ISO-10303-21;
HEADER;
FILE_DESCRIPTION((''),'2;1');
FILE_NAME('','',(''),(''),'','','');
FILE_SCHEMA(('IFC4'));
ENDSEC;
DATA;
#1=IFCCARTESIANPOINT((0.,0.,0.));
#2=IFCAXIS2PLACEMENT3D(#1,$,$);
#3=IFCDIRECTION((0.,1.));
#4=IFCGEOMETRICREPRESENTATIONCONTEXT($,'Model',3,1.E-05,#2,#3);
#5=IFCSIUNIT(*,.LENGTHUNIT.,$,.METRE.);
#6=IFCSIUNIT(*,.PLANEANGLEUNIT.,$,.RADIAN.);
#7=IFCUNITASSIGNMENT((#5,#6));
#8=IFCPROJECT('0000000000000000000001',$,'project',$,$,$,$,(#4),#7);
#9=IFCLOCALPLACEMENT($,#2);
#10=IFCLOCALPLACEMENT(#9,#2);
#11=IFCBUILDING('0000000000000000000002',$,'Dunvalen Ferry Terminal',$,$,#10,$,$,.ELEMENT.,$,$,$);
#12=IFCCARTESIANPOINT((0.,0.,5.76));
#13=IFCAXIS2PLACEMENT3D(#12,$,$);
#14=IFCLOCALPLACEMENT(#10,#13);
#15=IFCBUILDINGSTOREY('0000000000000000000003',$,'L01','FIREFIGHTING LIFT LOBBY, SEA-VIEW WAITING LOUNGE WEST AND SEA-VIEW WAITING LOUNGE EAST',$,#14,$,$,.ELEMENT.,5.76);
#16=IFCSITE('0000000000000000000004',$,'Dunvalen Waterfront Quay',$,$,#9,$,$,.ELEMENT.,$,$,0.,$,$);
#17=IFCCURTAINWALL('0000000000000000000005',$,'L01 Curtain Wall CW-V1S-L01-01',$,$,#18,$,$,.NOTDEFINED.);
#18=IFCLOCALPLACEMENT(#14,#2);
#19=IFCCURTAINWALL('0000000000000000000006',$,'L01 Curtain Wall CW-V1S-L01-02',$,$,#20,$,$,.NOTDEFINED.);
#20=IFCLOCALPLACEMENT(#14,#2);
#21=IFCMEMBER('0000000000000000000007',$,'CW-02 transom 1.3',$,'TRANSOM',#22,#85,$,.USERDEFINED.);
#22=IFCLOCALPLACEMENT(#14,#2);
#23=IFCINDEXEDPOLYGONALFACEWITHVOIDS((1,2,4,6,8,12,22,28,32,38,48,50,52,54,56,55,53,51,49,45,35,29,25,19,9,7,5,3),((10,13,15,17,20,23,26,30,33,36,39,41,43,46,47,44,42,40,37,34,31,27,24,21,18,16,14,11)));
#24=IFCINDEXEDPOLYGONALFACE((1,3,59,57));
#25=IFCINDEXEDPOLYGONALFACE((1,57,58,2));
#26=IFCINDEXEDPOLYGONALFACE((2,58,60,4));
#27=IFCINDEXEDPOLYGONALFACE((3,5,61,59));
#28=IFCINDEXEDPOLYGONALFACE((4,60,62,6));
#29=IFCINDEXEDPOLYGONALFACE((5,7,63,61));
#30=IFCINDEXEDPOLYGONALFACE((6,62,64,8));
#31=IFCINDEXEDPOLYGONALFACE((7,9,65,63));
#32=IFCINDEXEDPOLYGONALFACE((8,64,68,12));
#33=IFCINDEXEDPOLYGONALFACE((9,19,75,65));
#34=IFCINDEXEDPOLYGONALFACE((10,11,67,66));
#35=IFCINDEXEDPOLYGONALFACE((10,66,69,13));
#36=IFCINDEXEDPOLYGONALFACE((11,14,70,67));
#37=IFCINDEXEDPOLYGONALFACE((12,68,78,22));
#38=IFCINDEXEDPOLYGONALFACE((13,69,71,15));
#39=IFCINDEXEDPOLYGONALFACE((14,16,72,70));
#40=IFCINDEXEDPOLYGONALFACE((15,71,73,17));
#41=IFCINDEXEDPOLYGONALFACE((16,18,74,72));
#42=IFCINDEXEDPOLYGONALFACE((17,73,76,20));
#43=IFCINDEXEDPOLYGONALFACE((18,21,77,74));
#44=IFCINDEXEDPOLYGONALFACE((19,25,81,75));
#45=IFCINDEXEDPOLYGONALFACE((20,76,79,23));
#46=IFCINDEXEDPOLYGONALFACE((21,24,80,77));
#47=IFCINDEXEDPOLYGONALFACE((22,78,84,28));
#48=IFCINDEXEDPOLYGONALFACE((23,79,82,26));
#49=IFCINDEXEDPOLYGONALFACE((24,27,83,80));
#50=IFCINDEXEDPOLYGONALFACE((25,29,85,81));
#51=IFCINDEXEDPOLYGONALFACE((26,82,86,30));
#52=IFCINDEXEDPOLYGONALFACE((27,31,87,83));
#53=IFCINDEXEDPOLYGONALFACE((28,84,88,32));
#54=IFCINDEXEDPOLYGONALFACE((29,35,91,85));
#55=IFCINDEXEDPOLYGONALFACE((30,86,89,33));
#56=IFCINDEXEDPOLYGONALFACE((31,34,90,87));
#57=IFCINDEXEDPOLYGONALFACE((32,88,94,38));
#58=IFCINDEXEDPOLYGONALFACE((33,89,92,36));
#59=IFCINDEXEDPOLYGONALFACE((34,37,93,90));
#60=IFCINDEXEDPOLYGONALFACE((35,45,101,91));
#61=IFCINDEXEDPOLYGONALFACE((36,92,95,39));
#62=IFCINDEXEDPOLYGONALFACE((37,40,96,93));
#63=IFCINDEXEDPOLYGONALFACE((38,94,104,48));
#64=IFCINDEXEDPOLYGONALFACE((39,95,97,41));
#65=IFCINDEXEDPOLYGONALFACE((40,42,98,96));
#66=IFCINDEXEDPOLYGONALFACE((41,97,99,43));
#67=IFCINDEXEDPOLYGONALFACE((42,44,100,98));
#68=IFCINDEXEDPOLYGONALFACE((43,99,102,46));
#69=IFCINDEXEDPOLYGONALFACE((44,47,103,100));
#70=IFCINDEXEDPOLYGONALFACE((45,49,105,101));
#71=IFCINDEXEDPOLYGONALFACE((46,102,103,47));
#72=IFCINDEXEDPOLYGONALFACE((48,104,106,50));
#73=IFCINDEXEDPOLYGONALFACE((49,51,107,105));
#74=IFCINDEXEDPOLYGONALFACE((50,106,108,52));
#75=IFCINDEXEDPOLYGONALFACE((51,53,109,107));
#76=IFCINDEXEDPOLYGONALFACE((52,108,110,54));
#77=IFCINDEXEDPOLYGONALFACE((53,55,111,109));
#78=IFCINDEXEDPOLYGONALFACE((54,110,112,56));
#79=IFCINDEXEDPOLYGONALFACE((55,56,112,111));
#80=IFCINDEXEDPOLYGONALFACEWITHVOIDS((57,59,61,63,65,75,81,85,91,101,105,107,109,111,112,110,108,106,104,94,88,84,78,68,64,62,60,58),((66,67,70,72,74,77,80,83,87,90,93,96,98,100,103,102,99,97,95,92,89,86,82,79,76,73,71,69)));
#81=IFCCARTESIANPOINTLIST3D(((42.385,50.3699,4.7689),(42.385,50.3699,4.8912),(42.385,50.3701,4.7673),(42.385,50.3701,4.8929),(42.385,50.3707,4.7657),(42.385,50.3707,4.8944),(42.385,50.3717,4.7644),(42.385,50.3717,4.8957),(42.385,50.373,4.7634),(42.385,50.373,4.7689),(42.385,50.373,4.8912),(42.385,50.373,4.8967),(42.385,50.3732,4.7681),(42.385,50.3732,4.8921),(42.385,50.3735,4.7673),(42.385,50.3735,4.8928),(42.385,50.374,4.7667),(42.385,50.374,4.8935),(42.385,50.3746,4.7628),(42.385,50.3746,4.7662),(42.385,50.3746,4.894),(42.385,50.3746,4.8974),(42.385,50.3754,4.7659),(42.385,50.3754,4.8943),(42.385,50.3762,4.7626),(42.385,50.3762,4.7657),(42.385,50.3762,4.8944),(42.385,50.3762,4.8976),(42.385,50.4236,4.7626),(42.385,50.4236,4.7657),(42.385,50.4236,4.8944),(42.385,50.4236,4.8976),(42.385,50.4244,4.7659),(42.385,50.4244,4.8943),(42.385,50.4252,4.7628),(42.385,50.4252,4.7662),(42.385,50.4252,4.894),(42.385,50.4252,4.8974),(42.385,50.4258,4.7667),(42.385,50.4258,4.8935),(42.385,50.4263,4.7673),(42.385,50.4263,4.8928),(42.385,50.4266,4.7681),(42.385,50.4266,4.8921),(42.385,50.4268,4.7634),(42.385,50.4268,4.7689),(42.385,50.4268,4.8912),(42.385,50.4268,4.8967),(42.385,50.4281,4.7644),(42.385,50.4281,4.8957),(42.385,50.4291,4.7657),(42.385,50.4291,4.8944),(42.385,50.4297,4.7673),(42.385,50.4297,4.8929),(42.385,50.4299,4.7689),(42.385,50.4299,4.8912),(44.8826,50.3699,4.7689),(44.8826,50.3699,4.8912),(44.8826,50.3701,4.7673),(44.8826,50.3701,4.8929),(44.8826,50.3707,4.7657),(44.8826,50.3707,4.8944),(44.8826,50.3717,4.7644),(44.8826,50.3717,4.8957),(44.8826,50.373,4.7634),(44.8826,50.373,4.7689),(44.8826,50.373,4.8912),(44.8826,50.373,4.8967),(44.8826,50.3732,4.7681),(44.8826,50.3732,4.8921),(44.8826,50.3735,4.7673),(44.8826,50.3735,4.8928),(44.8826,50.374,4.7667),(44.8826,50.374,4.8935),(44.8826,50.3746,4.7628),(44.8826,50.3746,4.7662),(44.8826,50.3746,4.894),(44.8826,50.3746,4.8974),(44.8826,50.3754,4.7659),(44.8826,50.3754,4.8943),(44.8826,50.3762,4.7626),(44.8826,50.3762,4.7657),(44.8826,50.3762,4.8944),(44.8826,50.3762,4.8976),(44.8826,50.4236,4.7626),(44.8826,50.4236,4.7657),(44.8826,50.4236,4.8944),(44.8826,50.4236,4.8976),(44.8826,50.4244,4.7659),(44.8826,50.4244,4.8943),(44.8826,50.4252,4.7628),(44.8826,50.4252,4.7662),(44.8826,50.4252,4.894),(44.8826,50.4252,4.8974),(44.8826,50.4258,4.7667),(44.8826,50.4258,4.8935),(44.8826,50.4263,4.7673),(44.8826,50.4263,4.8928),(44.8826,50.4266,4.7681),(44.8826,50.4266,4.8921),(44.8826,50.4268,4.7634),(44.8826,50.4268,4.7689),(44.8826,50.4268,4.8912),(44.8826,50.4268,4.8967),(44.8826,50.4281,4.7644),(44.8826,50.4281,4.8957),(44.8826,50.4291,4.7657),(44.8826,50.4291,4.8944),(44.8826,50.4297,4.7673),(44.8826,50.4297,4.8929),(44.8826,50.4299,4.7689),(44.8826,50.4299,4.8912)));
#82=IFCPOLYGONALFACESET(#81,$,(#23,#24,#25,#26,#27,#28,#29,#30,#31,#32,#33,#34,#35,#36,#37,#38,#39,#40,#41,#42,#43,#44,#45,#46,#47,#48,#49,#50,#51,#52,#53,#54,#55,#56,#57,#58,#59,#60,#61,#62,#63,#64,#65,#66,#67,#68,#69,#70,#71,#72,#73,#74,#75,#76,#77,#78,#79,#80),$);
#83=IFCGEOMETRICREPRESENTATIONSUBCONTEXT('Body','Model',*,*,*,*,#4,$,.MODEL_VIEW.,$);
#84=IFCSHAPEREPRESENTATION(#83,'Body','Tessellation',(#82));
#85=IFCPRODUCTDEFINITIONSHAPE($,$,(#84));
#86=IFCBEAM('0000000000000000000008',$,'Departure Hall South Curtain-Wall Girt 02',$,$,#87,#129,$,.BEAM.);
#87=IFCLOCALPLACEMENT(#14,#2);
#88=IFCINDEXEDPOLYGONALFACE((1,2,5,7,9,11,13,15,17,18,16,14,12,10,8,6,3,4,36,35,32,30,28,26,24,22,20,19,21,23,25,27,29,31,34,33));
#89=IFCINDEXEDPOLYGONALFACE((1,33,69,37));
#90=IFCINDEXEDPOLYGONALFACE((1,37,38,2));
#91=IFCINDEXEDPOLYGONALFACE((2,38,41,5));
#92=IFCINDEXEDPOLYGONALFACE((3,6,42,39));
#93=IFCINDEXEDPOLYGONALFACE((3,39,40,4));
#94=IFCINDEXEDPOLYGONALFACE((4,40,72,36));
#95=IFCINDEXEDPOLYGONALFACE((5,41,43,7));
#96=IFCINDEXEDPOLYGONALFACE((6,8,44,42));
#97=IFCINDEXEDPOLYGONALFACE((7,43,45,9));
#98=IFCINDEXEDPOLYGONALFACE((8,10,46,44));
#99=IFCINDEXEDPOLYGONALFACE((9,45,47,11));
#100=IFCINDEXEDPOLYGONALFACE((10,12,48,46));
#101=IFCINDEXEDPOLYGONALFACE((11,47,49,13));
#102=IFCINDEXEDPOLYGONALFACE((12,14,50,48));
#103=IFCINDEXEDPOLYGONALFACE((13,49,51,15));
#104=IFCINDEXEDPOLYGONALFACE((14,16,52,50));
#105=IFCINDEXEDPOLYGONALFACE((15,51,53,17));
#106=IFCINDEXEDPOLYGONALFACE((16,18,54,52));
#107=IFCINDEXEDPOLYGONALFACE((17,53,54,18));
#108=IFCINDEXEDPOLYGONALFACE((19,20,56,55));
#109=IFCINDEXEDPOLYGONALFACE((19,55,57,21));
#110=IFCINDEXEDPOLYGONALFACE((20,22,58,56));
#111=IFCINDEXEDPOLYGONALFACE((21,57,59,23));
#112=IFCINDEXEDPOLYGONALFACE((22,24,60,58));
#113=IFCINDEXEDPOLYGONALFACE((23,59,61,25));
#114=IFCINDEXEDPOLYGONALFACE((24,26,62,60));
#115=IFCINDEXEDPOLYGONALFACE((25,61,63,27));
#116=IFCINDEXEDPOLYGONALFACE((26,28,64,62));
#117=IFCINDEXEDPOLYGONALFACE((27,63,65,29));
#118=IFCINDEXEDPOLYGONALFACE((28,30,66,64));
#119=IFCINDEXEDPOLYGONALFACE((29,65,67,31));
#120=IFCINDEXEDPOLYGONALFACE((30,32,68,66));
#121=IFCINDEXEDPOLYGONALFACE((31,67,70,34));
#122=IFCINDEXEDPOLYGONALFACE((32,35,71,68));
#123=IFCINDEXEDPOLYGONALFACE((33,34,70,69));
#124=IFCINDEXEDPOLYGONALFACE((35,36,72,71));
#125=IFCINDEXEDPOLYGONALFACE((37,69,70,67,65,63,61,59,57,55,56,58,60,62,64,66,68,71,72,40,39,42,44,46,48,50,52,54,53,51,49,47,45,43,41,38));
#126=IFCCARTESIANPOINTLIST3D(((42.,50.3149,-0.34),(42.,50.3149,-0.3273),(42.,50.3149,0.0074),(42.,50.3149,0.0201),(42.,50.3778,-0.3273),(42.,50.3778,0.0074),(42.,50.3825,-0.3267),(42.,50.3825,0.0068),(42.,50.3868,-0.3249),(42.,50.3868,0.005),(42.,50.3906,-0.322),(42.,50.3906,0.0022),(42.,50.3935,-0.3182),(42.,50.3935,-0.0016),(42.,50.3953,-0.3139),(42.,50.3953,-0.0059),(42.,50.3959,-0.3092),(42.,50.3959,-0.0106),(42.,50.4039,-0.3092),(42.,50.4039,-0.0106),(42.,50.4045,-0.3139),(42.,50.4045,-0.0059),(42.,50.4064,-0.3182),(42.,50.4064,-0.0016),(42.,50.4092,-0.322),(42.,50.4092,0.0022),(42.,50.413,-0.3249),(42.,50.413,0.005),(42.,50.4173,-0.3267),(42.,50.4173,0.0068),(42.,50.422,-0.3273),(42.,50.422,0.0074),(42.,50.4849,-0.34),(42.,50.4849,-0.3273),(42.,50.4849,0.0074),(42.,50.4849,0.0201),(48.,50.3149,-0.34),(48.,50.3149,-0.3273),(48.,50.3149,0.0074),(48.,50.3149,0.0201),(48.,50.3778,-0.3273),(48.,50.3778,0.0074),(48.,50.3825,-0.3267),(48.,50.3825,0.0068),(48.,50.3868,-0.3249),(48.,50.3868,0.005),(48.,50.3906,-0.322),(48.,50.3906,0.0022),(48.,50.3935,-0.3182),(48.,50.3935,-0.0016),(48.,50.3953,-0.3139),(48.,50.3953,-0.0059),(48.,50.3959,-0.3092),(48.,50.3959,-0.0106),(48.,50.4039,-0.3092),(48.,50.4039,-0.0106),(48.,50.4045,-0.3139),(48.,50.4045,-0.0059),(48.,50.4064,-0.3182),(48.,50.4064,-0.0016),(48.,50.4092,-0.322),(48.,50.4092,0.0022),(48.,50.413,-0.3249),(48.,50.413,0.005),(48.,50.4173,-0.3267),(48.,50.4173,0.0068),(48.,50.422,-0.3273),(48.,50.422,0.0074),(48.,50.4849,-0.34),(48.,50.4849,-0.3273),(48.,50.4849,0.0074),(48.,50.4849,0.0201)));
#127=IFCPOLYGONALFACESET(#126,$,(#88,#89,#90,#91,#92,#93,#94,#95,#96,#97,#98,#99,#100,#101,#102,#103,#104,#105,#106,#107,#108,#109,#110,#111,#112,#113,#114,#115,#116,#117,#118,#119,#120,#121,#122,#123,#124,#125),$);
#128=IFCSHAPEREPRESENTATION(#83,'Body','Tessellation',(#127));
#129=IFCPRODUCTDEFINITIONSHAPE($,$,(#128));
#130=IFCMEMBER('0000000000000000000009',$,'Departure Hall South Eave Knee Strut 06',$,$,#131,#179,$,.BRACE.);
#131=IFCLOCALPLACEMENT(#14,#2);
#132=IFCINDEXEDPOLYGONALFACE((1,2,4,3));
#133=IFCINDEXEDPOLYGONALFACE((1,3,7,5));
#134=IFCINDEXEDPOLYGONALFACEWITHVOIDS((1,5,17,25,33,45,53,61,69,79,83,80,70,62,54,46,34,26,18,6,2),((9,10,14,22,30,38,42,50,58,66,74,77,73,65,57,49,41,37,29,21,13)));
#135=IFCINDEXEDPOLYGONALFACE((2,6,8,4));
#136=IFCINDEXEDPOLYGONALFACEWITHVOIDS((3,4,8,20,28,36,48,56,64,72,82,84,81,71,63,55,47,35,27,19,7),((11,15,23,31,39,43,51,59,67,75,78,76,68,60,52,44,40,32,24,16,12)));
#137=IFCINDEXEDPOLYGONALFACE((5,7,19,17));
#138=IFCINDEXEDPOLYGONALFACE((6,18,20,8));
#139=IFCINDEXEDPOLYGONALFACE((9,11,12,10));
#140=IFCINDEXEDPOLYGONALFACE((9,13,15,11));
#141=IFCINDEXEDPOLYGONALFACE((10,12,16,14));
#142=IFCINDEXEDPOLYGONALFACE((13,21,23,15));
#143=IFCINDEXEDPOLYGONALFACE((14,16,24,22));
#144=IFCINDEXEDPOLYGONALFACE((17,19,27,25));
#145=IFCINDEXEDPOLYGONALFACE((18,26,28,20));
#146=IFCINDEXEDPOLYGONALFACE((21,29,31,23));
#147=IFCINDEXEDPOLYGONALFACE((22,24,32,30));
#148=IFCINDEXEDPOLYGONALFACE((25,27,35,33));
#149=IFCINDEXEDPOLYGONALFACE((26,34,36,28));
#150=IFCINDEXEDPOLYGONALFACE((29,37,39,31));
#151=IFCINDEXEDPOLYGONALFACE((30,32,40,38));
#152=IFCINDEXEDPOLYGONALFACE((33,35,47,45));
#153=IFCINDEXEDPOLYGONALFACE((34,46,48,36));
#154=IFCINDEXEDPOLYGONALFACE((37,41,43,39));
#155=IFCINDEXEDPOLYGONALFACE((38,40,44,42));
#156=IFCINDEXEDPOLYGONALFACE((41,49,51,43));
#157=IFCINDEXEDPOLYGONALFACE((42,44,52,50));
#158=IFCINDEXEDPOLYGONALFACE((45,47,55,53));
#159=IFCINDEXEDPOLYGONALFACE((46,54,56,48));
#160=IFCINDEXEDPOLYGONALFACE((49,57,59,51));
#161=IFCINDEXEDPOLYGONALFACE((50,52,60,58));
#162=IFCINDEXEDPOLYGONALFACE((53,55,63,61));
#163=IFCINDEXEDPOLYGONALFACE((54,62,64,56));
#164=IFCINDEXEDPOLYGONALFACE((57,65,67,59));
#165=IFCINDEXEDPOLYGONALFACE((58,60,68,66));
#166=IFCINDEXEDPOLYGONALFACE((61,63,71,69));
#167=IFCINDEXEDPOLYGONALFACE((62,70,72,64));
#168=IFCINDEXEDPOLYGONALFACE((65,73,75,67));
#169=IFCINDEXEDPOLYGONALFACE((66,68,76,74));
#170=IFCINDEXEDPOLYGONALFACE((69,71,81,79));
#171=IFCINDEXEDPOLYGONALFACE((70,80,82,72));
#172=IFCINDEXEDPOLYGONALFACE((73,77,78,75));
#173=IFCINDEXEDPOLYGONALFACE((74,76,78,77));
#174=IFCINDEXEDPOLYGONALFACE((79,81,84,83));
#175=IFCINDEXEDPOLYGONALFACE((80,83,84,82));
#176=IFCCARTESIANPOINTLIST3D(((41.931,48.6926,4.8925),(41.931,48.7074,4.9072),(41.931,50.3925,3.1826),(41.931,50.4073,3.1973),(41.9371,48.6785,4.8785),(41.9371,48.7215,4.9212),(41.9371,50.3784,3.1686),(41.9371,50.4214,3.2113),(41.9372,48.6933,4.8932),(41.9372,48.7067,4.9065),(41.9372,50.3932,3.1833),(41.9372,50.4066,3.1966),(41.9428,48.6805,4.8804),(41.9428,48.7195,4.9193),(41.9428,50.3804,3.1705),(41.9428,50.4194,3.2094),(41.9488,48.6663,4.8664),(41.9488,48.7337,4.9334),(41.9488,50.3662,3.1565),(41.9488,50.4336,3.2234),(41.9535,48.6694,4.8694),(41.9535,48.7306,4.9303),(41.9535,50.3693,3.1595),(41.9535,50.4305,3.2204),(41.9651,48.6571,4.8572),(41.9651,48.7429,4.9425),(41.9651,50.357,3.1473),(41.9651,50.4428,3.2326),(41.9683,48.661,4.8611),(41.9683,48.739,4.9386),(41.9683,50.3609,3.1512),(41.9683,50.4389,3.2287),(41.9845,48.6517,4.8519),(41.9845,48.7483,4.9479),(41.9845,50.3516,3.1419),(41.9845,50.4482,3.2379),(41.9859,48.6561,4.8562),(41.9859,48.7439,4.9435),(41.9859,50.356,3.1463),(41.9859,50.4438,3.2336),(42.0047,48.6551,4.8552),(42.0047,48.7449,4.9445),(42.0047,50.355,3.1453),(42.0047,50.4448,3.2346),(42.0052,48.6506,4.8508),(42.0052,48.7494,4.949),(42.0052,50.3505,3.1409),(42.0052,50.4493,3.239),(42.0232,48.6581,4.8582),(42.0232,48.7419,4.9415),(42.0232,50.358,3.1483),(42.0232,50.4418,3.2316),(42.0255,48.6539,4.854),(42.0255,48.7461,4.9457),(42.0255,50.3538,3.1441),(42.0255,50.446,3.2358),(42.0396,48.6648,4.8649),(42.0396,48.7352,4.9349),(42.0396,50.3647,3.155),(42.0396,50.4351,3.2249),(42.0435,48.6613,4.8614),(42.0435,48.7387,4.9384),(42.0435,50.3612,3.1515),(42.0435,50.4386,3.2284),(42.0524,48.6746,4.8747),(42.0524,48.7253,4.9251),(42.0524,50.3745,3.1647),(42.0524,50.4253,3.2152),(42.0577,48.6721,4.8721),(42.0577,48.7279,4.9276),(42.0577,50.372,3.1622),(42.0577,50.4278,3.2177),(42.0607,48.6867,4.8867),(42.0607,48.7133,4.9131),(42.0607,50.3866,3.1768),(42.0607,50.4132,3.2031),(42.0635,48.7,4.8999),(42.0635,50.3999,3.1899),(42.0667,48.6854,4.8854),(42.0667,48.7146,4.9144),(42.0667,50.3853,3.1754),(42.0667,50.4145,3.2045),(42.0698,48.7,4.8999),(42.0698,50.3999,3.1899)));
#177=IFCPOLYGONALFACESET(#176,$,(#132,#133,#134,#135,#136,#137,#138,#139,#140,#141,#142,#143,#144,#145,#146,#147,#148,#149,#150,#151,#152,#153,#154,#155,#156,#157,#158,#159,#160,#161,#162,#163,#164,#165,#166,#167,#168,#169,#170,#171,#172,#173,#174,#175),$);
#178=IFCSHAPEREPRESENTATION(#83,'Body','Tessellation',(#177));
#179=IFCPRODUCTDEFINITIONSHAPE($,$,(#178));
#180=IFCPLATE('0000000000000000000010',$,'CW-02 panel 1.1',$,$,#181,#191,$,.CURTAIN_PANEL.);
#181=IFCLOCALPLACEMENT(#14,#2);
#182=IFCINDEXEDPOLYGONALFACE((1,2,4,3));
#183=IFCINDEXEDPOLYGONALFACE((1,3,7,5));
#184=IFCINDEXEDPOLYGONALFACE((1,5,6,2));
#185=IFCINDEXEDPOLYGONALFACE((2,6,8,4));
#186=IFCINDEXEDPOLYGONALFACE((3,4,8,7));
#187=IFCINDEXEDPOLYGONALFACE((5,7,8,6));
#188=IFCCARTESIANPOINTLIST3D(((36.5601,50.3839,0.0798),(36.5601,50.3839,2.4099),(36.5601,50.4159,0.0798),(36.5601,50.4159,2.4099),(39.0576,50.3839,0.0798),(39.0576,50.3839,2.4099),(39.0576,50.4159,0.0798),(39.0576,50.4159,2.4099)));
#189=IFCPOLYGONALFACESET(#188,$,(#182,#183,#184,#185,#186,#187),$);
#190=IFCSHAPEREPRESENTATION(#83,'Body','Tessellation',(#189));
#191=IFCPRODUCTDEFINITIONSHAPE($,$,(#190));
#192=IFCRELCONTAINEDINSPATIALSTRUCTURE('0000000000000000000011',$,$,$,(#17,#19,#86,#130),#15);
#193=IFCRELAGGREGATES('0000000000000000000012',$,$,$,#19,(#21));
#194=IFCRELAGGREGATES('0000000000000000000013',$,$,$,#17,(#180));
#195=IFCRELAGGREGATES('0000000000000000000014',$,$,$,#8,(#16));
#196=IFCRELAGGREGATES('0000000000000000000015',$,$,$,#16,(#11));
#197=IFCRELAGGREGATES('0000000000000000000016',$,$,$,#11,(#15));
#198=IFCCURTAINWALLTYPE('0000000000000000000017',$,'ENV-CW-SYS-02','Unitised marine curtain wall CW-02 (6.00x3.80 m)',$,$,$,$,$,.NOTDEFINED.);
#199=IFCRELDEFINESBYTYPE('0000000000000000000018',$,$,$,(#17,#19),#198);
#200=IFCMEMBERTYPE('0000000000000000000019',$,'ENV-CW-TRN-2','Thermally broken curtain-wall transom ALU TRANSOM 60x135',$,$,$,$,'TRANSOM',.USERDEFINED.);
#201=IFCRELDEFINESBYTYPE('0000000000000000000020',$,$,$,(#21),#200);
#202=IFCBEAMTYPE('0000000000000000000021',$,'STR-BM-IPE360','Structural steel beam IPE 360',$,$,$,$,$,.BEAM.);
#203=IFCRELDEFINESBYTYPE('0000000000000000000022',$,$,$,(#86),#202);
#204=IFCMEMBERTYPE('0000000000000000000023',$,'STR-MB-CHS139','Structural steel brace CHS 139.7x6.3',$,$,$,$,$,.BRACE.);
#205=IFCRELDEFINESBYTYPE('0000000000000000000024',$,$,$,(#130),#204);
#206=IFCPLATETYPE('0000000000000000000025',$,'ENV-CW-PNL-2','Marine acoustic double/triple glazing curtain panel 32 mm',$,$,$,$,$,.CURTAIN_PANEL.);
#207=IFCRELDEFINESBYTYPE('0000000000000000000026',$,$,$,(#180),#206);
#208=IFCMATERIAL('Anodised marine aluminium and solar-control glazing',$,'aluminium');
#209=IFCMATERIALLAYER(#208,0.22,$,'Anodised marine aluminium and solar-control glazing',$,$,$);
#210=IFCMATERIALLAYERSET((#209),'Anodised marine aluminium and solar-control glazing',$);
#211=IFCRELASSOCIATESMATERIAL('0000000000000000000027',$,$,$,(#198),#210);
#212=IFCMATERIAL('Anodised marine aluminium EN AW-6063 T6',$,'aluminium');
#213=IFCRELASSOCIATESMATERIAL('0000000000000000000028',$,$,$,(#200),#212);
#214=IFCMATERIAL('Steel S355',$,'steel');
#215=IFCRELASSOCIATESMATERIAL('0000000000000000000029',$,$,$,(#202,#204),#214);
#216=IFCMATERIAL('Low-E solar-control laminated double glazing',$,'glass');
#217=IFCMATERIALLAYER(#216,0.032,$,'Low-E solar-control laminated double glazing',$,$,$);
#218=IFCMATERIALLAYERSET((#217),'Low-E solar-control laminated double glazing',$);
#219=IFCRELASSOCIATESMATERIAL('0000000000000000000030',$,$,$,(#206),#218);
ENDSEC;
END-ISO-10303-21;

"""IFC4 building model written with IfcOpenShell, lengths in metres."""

from ifc_helpers import new_model, si_unit, direction, frame, origin, origin_2d, place, context, subcontext, project, spatial, rectangle, hollow_rectangle, hollow_circle, i_section, extrude, material, layer, layer_set, material_profile, profile_set, type_object, element, aggregate, save


model = new_model("IFC4")

# Units and contexts
model_context = context("Model", 3, precision=1e-05, world=origin(), true_north=direction((0.0, 1.0)))
body_context = subcontext(model_context, "Body", "Model", "MODEL_VIEW")
ifc_project = project(units=[si_unit("LENGTHUNIT", "METRE"), si_unit("PLANEANGLEUNIT", "RADIAN")], contexts=[model_context])

# Site, building, storey
site_placement = place(None, origin())
site = spatial("IfcSite", under=ifc_project, at=site_placement, Name="Dunvalen Waterfront Quay", CompositionType="ELEMENT", RefElevation=0.0)
building_placement = place(site_placement, origin())
building = spatial("IfcBuilding", under=site, at=building_placement, Name="Dunvalen Ferry Terminal", CompositionType="ELEMENT")
storey_placement = place(building_placement, frame((0.0, 0.0, 5.76)))
storey = spatial("IfcBuildingStorey", under=building, at=storey_placement, Name="L01", Description="FIREFIGHTING LIFT LOBBY, SEA-VIEW WAITING LOUNGE WEST AND SEA-VIEW WAITING LOUNGE EAST", CompositionType="ELEMENT", Elevation=5.76)

# Curtain wall
ifc_material_1 = material(Name="Anodised marine aluminium and solar-control glazing", Category="aluminium")
ifc_layer_1 = layer(ifc_material_1, 0.22, Name="Anodised marine aluminium and solar-control glazing")
ifc_layer_set_1 = layer_set([ifc_layer_1], Name="Anodised marine aluminium and solar-control glazing")
curtain_wall_type = type_object("IfcCurtainWallType", Name="ENV-CW-SYS-02", Description="Unitised marine curtain wall CW-02 (6.00x3.80 m)", PredefinedType="NOTDEFINED", material=ifc_layer_set_1)
curtain_wall_1_placement = place(storey_placement, origin())
curtain_wall_1 = element("IfcCurtainWall", 1, at=curtain_wall_1_placement, inside=storey, type_object=curtain_wall_type, Name="L01 Curtain Wall CW-V1S-L01-01", PredefinedType="NOTDEFINED")
ifc_material_2 = material(Name="Anodised marine aluminium EN AW-6063 T6", Category="aluminium")

# Curtain wall
curtain_wall_2_placement = place(storey_placement, origin())
curtain_wall_2 = element("IfcCurtainWall", 2, at=curtain_wall_2_placement, inside=storey, type_object=curtain_wall_type, Name="L01 Curtain Wall CW-V1S-L01-02", PredefinedType="NOTDEFINED")

# Member
ifc_material_profile_1 = material_profile(ifc_material_2, hollow_rectangle(XDim=0.0601, YDim=0.135, WallThickness=0.0032, InnerFilletRadius=0.0032, OuterFilletRadius=0.0063, at=origin_2d()), Name="Anodised marine aluminium EN AW-6063 T6")
ifc_profile_set_1 = profile_set([ifc_material_profile_1], Name="Anodised marine aluminium EN AW-6063 T6")
member_type_1 = type_object("IfcMemberType", Name="ENV-CW-TRN-2", Description="Thermally broken curtain-wall transom ALU TRANSOM 60x135", ElementType="TRANSOM", PredefinedType="USERDEFINED", material=ifc_profile_set_1)
member_1_placement = place(storey_placement, frame((42.385, 50.3999, 4.8301), z_axis=(1.0, 0.0, 0.0), x_axis=(0.0, 1.0, 0.0)))
member_1 = element("IfcMember", 3, at=member_1_placement, type_object=member_type_1, Name="CW-02 transom 1.3", ObjectType="TRANSOM", PredefinedType="USERDEFINED", context=body_context, shape_type="SweptSolid", body=[
    extrude(hollow_rectangle(XDim=0.0601, YDim=0.135, WallThickness=0.0032, InnerFilletRadius=0.0032, OuterFilletRadius=0.0063, at=origin_2d()), origin(), (0.0, 0.0, 1.0), 2.4976),
])
aggregate(curtain_wall_2, [member_1])

# Beam
ifc_material_3 = material(Name="Steel S355", Category="steel")
ifc_material_profile_2 = material_profile(ifc_material_3, i_section(OverallWidth=0.1699, OverallDepth=0.3601, WebThickness=0.0081, FlangeThickness=0.0127, FilletRadius=0.0181, at=origin_2d()), Name="Steel S355")
ifc_profile_set_2 = profile_set([ifc_material_profile_2], Name="Steel S355")
beam_type = type_object("IfcBeamType", Name="STR-BM-IPE360", Description="Structural steel beam IPE 360", PredefinedType="BEAM", material=ifc_profile_set_2)
beam_placement = place(storey_placement, frame((42.0, 50.3999, -0.1599), z_axis=(1.0, 0.0, 0.0), x_axis=(0.0, 1.0, 0.0)))
element("IfcBeam", 4, at=beam_placement, inside=storey, type_object=beam_type, Name="Departure Hall South Curtain-Wall Girt 02", PredefinedType="BEAM", context=body_context, shape_type="SweptSolid", body=[
    extrude(i_section(OverallWidth=0.1699, OverallDepth=0.3601, WebThickness=0.0081, FlangeThickness=0.0127, FilletRadius=0.0181, at=origin_2d()), origin(), (0.0, 0.0, 1.0), 6.0),
])

# Member
ifc_material_profile_3 = material_profile(ifc_material_3, hollow_circle(Radius=0.0698, WallThickness=0.0063, at=origin_2d()), Name="Steel S355")
ifc_profile_set_3 = profile_set([ifc_material_profile_3], Name="Steel S355")
member_type_2 = type_object("IfcMemberType", Name="STR-MB-CHS139", Description="Structural steel brace CHS 139.7x6.3", PredefinedType="BRACE", material=ifc_profile_set_3)
member_2_placement = place(storey_placement, frame((42.0, 50.3999, 3.1899), z_axis=(0.0, -0.705028, 0.709179), x_axis=(1.0, 0.0, 0.0)))
element("IfcMember", 5, at=member_2_placement, inside=storey, type_object=member_type_2, Name="Departure Hall South Eave Knee Strut 06", PredefinedType="BRACE", context=body_context, shape_type="SweptSolid", body=[
    extrude(hollow_circle(Radius=0.0698, WallThickness=0.0063, at=origin_2d()), origin(), (0.0, 0.0, 1.0), 2.4111),
])

# Plate
ifc_material_4 = material(Name="Low-E solar-control laminated double glazing", Category="glass")
ifc_layer_2 = layer(ifc_material_4, 0.032, Name="Low-E solar-control laminated double glazing")
ifc_layer_set_2 = layer_set([ifc_layer_2], Name="Low-E solar-control laminated double glazing")
plate_type_1 = type_object("IfcPlateType", Name="ENV-CW-PNL-2", Description="Marine acoustic double/triple glazing curtain panel 32 mm", PredefinedType="CURTAIN_PANEL", material=ifc_layer_set_2)
plate_1_placement = place(storey_placement, frame((37.8088, 50.3999, 0.0798), z_axis=(0.0, 0.0, 1.0), x_axis=(1.0, 0.0, 0.0)))
plate_1 = element("IfcPlate", 6, at=plate_1_placement, type_object=plate_type_1, Name="CW-02 panel 1.1", PredefinedType="CURTAIN_PANEL", context=body_context, shape_type="SweptSolid", body=[
    extrude(rectangle(XDim=2.4976, YDim=0.032, at=origin_2d()), origin(), (0.0, 0.0, 1.0), 2.3301),
])
aggregate(curtain_wall_1, [plate_1])

save(model, "model.ifc")
